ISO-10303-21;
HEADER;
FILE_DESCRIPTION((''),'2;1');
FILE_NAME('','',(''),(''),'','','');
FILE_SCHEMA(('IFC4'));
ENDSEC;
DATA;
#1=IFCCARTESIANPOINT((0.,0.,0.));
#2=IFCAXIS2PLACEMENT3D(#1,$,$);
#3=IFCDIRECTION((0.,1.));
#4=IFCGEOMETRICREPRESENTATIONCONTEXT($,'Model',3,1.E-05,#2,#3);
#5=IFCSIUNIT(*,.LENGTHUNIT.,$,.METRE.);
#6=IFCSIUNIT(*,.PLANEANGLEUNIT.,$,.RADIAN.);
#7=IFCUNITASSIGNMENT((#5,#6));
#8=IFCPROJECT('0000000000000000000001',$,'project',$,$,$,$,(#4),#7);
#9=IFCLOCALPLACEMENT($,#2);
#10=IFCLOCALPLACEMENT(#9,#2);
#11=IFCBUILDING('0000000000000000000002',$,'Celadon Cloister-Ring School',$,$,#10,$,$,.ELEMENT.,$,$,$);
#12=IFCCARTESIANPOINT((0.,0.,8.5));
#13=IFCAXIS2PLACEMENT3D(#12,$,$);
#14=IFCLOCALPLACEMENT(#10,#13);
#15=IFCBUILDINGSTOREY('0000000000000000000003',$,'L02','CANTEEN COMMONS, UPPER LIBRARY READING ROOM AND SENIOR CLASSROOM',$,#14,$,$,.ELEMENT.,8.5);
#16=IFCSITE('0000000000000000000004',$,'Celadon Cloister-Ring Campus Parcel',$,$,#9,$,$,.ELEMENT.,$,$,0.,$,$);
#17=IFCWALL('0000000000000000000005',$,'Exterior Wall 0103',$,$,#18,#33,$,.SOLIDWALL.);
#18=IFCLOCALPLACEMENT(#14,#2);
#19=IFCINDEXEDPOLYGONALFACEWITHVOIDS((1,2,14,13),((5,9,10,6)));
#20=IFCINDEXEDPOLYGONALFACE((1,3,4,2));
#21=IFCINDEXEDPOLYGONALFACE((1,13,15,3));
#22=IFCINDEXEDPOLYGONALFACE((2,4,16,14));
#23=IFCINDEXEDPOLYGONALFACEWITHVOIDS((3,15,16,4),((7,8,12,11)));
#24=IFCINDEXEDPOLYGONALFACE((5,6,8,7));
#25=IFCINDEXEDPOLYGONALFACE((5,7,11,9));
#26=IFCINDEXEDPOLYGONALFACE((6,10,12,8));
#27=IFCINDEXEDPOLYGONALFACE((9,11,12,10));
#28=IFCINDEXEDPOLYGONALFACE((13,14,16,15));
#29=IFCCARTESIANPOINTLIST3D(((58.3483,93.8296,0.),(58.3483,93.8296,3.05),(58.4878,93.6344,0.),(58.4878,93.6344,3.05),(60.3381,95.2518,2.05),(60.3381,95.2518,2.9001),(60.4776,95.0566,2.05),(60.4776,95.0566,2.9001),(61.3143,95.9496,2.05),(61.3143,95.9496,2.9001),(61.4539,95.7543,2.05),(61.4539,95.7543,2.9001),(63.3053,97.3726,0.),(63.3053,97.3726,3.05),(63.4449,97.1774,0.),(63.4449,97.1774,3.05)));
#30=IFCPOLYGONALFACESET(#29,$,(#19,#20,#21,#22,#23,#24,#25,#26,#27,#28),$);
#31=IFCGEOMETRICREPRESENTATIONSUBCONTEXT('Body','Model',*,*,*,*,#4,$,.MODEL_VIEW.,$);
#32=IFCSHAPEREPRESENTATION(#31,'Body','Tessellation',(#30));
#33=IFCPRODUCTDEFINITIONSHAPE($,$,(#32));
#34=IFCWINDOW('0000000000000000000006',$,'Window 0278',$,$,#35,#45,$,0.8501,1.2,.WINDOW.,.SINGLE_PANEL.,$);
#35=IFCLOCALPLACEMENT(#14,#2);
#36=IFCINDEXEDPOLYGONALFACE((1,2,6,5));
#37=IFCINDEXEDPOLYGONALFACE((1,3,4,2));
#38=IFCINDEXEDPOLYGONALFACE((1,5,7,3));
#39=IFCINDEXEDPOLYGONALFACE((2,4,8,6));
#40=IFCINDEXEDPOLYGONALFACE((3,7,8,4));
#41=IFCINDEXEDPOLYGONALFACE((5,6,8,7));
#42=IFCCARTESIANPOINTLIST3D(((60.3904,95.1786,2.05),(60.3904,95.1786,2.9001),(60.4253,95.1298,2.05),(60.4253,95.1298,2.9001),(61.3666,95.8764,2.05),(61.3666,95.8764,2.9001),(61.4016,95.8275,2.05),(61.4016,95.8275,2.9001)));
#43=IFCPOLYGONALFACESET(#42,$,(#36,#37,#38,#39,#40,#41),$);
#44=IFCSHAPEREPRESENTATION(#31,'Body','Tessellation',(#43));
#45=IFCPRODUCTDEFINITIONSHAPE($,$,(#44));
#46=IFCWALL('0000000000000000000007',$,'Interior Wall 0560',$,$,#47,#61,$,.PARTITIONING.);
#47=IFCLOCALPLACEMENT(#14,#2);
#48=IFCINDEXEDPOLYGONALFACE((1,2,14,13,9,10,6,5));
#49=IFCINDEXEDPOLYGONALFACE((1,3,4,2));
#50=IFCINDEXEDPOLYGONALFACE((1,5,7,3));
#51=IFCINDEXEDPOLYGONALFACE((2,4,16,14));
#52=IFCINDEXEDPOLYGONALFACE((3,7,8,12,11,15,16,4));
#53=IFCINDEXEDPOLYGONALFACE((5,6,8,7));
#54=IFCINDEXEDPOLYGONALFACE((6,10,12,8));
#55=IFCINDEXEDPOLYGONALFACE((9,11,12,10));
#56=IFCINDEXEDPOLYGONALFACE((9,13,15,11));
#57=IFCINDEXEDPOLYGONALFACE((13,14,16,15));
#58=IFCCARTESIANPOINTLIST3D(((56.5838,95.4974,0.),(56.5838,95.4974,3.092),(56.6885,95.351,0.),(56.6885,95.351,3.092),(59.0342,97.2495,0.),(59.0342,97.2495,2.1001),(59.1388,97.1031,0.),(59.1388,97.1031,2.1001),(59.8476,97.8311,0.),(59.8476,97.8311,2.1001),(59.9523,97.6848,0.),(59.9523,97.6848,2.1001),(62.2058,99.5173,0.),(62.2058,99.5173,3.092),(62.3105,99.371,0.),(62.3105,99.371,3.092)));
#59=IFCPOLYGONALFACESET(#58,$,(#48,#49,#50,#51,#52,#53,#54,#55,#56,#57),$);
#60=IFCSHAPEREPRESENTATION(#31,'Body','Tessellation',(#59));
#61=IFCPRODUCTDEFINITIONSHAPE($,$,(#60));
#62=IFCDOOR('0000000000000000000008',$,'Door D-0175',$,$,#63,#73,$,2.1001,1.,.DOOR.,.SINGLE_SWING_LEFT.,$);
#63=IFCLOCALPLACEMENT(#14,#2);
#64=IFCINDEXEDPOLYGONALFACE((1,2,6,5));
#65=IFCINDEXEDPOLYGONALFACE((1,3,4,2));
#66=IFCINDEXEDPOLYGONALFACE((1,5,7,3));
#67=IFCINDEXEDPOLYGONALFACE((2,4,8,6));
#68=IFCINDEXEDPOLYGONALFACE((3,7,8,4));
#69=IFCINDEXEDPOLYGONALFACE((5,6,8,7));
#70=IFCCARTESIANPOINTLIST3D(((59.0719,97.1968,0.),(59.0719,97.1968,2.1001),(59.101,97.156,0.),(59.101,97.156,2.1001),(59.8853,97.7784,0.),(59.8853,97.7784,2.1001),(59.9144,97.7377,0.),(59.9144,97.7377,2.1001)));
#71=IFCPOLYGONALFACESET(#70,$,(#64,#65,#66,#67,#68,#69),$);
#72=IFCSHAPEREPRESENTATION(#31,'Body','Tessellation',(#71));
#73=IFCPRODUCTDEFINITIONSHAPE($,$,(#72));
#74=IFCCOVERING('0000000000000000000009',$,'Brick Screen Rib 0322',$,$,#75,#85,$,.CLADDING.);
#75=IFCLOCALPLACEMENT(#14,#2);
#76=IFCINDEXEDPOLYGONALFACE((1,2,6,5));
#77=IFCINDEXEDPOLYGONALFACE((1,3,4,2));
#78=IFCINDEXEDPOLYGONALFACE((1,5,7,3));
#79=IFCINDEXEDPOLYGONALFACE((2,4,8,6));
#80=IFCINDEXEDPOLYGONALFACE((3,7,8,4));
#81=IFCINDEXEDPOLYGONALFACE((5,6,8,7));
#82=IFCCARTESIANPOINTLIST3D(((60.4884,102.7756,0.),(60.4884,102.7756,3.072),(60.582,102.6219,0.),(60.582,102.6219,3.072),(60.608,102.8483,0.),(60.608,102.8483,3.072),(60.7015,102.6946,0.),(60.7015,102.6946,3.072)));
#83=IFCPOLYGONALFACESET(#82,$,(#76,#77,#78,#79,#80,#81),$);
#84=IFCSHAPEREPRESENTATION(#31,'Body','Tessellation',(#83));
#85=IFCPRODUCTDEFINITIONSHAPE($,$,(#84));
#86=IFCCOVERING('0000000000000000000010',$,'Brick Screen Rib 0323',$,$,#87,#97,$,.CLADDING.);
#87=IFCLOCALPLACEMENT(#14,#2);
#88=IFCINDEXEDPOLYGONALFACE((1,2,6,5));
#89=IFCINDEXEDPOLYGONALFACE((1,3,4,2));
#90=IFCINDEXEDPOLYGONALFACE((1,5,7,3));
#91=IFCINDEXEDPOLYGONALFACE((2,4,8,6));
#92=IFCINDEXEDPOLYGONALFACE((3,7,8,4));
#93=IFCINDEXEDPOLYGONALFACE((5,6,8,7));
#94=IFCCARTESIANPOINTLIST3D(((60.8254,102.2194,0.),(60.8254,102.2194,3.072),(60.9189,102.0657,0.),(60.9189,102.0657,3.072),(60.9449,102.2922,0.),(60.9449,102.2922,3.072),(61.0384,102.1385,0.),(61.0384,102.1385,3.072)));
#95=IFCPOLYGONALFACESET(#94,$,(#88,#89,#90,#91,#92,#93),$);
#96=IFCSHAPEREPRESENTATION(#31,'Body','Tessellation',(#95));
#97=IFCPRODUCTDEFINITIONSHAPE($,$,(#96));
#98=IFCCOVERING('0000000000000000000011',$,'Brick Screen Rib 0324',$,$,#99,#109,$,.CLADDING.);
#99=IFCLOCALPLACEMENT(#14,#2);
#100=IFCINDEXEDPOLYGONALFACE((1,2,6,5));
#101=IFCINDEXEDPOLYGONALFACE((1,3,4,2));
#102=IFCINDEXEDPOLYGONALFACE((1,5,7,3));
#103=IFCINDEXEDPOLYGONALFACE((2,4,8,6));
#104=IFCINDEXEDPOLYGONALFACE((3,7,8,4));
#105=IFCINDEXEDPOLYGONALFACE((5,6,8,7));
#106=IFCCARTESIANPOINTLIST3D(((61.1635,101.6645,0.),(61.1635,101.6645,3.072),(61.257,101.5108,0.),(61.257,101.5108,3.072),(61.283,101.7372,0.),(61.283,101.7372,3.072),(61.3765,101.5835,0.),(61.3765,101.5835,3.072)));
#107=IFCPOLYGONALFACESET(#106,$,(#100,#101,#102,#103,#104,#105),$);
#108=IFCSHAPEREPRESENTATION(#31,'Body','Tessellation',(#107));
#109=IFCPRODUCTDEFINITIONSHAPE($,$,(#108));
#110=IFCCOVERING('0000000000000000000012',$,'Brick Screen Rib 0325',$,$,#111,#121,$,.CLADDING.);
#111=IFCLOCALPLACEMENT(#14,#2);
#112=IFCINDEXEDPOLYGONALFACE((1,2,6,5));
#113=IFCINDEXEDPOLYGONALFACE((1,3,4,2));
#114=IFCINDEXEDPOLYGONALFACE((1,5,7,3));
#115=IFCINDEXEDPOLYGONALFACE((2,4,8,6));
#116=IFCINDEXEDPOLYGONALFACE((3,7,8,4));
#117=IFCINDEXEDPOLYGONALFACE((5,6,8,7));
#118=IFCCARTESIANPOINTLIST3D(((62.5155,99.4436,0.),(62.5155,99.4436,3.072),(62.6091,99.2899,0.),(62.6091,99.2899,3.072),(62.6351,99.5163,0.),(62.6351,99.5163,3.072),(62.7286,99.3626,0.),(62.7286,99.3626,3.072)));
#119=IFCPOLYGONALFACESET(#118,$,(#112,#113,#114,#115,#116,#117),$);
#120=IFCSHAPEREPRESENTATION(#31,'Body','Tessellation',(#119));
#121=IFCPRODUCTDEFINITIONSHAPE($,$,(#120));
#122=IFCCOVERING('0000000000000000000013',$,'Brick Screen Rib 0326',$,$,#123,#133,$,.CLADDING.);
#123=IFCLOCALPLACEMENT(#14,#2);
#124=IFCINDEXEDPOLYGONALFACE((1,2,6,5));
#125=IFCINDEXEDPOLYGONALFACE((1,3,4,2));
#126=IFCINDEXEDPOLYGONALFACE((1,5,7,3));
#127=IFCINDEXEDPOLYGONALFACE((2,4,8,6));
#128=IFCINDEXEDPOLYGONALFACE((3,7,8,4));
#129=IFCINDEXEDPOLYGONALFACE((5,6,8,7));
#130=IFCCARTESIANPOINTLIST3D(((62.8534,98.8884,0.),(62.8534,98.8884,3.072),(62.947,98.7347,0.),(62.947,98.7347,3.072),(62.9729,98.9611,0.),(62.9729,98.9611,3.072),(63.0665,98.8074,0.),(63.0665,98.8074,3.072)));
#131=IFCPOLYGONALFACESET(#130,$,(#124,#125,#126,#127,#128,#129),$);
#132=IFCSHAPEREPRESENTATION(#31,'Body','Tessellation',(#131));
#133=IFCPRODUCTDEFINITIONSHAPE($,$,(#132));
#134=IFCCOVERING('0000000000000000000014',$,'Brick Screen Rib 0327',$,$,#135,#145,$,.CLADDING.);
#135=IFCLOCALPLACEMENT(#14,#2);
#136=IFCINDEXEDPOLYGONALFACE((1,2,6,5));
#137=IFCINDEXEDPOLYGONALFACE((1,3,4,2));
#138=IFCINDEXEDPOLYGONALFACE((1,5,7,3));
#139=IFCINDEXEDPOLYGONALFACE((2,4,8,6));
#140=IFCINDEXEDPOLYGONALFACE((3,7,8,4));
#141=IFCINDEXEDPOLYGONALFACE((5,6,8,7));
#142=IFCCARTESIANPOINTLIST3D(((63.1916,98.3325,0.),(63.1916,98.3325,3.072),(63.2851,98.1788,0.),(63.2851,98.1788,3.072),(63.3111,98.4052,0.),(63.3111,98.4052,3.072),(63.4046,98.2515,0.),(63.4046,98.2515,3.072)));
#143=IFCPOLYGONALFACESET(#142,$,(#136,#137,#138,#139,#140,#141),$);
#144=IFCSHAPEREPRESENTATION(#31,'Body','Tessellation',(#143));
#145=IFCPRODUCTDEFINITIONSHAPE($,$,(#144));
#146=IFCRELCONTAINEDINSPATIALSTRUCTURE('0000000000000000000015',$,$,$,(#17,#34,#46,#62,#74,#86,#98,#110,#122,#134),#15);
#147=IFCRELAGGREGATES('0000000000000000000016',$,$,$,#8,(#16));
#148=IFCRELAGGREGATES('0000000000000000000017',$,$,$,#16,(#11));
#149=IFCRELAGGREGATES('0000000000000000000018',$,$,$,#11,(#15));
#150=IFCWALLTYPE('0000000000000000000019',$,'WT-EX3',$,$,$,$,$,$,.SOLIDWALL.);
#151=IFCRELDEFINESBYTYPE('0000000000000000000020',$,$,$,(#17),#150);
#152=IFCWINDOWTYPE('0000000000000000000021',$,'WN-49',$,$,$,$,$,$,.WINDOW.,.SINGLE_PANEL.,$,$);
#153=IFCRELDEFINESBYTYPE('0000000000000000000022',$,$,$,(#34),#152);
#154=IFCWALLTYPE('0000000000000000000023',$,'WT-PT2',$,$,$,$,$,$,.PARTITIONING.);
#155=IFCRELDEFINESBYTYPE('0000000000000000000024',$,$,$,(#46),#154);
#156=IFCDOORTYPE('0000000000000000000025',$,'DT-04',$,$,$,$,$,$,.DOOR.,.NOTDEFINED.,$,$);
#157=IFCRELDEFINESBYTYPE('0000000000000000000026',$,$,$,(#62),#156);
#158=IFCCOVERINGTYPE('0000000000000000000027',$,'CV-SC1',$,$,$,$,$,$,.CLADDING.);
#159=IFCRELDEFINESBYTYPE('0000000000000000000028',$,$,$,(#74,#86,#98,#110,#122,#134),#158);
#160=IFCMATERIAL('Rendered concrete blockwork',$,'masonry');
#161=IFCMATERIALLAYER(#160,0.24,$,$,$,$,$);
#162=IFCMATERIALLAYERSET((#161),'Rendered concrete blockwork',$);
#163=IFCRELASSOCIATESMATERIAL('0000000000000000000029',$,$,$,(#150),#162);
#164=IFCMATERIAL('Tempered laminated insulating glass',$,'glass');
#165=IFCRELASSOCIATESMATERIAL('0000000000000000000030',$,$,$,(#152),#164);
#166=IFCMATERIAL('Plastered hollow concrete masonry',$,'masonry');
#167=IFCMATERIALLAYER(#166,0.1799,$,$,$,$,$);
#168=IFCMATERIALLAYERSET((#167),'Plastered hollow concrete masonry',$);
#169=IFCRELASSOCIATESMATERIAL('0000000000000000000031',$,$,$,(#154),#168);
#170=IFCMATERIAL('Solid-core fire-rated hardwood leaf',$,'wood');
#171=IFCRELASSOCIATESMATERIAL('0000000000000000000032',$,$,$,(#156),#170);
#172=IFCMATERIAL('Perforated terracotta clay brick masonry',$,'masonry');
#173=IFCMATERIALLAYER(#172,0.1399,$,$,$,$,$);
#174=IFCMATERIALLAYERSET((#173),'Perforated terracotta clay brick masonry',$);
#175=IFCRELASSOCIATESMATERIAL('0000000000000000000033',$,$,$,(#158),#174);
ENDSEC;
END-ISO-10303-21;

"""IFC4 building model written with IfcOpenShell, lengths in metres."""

from ifc_helpers import new_model, si_unit, direction, frame, frame_2d, origin, origin_2d, place, context, subcontext, project, spatial, rectangle, extrude, material, layer, layer_set, type_object, element, fill, save


model = new_model("IFC4")

# Units and contexts
model_context = context("Model", 3, precision=1e-05, world=origin(), true_north=direction((0.0, 1.0)))
body_context = subcontext(model_context, "Body", "Model", "MODEL_VIEW")
ifc_project = project(units=[si_unit("LENGTHUNIT", "METRE"), si_unit("PLANEANGLEUNIT", "RADIAN")], contexts=[model_context])

# Site, building, storey
site_placement = place(None, origin())
site = spatial("IfcSite", under=ifc_project, at=site_placement, Name="Celadon Cloister-Ring Campus Parcel", CompositionType="ELEMENT", RefElevation=0.0)
building_placement = place(site_placement, origin())
building = spatial("IfcBuilding", under=site, at=building_placement, Name="Celadon Cloister-Ring School", CompositionType="ELEMENT")
storey_placement = place(building_placement, frame((0.0, 0.0, 8.5)))
storey = spatial("IfcBuildingStorey", under=building, at=storey_placement, Name="L02", Description="CANTEEN COMMONS, UPPER LIBRARY READING ROOM AND SENIOR CLASSROOM", CompositionType="ELEMENT", Elevation=8.5)

# Wall, opening, window
ifc_material_1 = material(Name="Rendered concrete blockwork", Category="masonry")
ifc_layer_1 = layer(ifc_material_1, 0.24)
ifc_layer_set_1 = layer_set([ifc_layer_1], Name="Rendered concrete blockwork")
wall_type_1 = type_object("IfcWallType", Name="WT-EX3", PredefinedType="SOLIDWALL", material=ifc_layer_set_1)
wall_1_placement = place(storey_placement, frame((63.375, 97.2749, 0.0), z_axis=(0.0, 0.0, 1.0), x_axis=(-0.81356, -0.581481, 0.0)))
wall_1 = element("IfcWall", 1, at=wall_1_placement, inside=storey, type_object=wall_type_1, Name="Exterior Wall 0103", PredefinedType="SOLIDWALL", context=body_context, shape_type="SweptSolid", body=[
    extrude(rectangle(XDim=6.093, YDim=0.24, at=frame_2d((3.0464, 0.0))), origin(), (0.0, 0.0, 1.0), 3.05),
])
opening_1_placement = place(wall_1_placement, frame((2.447, 0.0, 2.05)))
opening_1 = element("IfcOpeningElement", 2, at=opening_1_placement, cuts=wall_1, PredefinedType="OPENING", context=body_context, shape_type="SweptSolid", body=[
    extrude(rectangle(XDim=1.2, YDim=0.8501, at=frame_2d((0.6001, 0.425))), frame((0.0, 0.1299, 0.0), z_axis=(0.0, -1.0, 0.0), x_axis=(1.0, 0.0, 0.0)), (0.0, 0.0, 1.0), 0.26),
])
ifc_material_2 = material(Name="Tempered laminated insulating glass", Category="glass")
window_type = type_object("IfcWindowType", Name="WN-49", PartitioningType="SINGLE_PANEL", PredefinedType="WINDOW", material=ifc_material_2)
window_placement = place(opening_1_placement, origin())
window = element("IfcWindow", 3, at=window_placement, inside=storey, type_object=window_type, Name="Window 0278", OverallHeight=0.8501, OverallWidth=1.2, PartitioningType="SINGLE_PANEL", PredefinedType="WINDOW", context=body_context, shape_type="SweptSolid", body=[
    extrude(rectangle(XDim=1.2, YDim=0.8501, at=frame_2d((0.6001, 0.425))), frame((0.0, 0.03, 0.0), z_axis=(0.0, -1.0, 0.0), x_axis=(1.0, 0.0, 0.0)), (0.0, 0.0, 1.0), 0.0601),
])
fill(opening_1, window)

# Wall, opening, door
ifc_material_3 = material(Name="Plastered hollow concrete masonry", Category="masonry")
ifc_layer_2 = layer(ifc_material_3, 0.1799)
ifc_layer_set_2 = layer_set([ifc_layer_2], Name="Plastered hollow concrete masonry")
wall_type_2 = type_object("IfcWallType", Name="WT-PT2", PredefinedType="PARTITIONING", material=ifc_layer_set_2)
wall_2_placement = place(storey_placement, frame((62.2581, 99.4441, 0.0), z_axis=(0.0, 0.0, 1.0), x_axis=(-0.813442, -0.581646, 0.0)))
wall_2 = element("IfcWall", 4, at=wall_2_placement, inside=storey, type_object=wall_type_2, Name="Interior Wall 0560", PredefinedType="PARTITIONING", context=body_context, shape_type="SweptSolid", body=[
    extrude(rectangle(XDim=6.9114, YDim=0.1799, at=frame_2d((3.4556, 0.0))), origin(), (0.0, 0.0, 1.0), 3.092),
])
opening_2_placement = place(wall_2_placement, frame((2.8989, 0.0, 0.0)))
opening_2 = element("IfcOpeningElement", 5, at=opening_2_placement, cuts=wall_2, PredefinedType="OPENING", context=body_context, shape_type="SweptSolid", body=[
    extrude(rectangle(XDim=1.0, YDim=2.1001, at=frame_2d((0.5, 1.05))), frame((0.0, 0.1001, 0.0), z_axis=(0.0, -1.0, 0.0), x_axis=(1.0, 0.0, 0.0)), (0.0, 0.0, 1.0), 0.2),
])
ifc_material_4 = material(Name="Solid-core fire-rated hardwood leaf", Category="wood")
door_type = type_object("IfcDoorType", Name="DT-04", OperationType="NOTDEFINED", PredefinedType="DOOR", material=ifc_material_4)
door_placement = place(opening_2_placement, origin())
door = element("IfcDoor", 6, at=door_placement, inside=storey, type_object=door_type, Name="Door D-0175", OperationType="SINGLE_SWING_LEFT", OverallHeight=2.1001, OverallWidth=1.0, PredefinedType="DOOR", context=body_context, shape_type="SweptSolid", body=[
    extrude(rectangle(XDim=1.0, YDim=2.1001, at=frame_2d((0.5, 1.05))), frame((0.0, 0.0249, 0.0), z_axis=(0.0, -1.0, 0.0), x_axis=(1.0, 0.0, 0.0)), (0.0, 0.0, 1.0), 0.05),
])
fill(opening_2, door)

# Coverings
ifc_material_5 = material(Name="Perforated terracotta clay brick masonry", Category="masonry")
ifc_layer_3 = layer(ifc_material_5, 0.1399)
ifc_layer_set_3 = layer_set([ifc_layer_3], Name="Perforated terracotta clay brick masonry")
covering_type = type_object("IfcCoveringType", Name="CV-SC1", PredefinedType="CLADDING", material=ifc_layer_set_3)
for number, where, z_axis, x_axis, name in (
    (7, (60.595, 102.7351, 0.0), (0.0, 0.0, 1.0), (0.519862, -0.85425, 0.0), "Brick Screen Rib 0322"),
    (8, (60.9319, 102.179, 0.0), (0.0, 0.0, 1.0), (0.519862, -0.85425, 0.0), "Brick Screen Rib 0323"),
    (9, (61.27, 101.624, 0.0), (0.0, 0.0, 1.0), (0.519862, -0.85425, 0.0), "Brick Screen Rib 0324"),
    (10, (62.6221, 99.4031, 0.0), (0.0, 0.0, 1.0), (0.519862, -0.85425, 0.0), "Brick Screen Rib 0325"),
    (11, (62.96, 98.8479, 0.0), (0.0, 0.0, 1.0), (0.519862, -0.85425, 0.0), "Brick Screen Rib 0326"),
    (12, (63.2981, 98.292, 0.0), (0.0, 0.0, 1.0), (0.519862, -0.85425, 0.0), "Brick Screen Rib 0327"),
):
    element("IfcCovering", number, at=place(storey_placement, frame(where, z_axis=z_axis, x_axis=x_axis)), inside=storey, type_object=covering_type, Name=name, PredefinedType="CLADDING", context=body_context, shape_type="SweptSolid", body=[
        extrude(rectangle(XDim=0.1799, YDim=0.1399, at=origin_2d()), origin(), (0.0, 0.0, 1.0), 3.072),
    ])

save(model, "model.ifc")
